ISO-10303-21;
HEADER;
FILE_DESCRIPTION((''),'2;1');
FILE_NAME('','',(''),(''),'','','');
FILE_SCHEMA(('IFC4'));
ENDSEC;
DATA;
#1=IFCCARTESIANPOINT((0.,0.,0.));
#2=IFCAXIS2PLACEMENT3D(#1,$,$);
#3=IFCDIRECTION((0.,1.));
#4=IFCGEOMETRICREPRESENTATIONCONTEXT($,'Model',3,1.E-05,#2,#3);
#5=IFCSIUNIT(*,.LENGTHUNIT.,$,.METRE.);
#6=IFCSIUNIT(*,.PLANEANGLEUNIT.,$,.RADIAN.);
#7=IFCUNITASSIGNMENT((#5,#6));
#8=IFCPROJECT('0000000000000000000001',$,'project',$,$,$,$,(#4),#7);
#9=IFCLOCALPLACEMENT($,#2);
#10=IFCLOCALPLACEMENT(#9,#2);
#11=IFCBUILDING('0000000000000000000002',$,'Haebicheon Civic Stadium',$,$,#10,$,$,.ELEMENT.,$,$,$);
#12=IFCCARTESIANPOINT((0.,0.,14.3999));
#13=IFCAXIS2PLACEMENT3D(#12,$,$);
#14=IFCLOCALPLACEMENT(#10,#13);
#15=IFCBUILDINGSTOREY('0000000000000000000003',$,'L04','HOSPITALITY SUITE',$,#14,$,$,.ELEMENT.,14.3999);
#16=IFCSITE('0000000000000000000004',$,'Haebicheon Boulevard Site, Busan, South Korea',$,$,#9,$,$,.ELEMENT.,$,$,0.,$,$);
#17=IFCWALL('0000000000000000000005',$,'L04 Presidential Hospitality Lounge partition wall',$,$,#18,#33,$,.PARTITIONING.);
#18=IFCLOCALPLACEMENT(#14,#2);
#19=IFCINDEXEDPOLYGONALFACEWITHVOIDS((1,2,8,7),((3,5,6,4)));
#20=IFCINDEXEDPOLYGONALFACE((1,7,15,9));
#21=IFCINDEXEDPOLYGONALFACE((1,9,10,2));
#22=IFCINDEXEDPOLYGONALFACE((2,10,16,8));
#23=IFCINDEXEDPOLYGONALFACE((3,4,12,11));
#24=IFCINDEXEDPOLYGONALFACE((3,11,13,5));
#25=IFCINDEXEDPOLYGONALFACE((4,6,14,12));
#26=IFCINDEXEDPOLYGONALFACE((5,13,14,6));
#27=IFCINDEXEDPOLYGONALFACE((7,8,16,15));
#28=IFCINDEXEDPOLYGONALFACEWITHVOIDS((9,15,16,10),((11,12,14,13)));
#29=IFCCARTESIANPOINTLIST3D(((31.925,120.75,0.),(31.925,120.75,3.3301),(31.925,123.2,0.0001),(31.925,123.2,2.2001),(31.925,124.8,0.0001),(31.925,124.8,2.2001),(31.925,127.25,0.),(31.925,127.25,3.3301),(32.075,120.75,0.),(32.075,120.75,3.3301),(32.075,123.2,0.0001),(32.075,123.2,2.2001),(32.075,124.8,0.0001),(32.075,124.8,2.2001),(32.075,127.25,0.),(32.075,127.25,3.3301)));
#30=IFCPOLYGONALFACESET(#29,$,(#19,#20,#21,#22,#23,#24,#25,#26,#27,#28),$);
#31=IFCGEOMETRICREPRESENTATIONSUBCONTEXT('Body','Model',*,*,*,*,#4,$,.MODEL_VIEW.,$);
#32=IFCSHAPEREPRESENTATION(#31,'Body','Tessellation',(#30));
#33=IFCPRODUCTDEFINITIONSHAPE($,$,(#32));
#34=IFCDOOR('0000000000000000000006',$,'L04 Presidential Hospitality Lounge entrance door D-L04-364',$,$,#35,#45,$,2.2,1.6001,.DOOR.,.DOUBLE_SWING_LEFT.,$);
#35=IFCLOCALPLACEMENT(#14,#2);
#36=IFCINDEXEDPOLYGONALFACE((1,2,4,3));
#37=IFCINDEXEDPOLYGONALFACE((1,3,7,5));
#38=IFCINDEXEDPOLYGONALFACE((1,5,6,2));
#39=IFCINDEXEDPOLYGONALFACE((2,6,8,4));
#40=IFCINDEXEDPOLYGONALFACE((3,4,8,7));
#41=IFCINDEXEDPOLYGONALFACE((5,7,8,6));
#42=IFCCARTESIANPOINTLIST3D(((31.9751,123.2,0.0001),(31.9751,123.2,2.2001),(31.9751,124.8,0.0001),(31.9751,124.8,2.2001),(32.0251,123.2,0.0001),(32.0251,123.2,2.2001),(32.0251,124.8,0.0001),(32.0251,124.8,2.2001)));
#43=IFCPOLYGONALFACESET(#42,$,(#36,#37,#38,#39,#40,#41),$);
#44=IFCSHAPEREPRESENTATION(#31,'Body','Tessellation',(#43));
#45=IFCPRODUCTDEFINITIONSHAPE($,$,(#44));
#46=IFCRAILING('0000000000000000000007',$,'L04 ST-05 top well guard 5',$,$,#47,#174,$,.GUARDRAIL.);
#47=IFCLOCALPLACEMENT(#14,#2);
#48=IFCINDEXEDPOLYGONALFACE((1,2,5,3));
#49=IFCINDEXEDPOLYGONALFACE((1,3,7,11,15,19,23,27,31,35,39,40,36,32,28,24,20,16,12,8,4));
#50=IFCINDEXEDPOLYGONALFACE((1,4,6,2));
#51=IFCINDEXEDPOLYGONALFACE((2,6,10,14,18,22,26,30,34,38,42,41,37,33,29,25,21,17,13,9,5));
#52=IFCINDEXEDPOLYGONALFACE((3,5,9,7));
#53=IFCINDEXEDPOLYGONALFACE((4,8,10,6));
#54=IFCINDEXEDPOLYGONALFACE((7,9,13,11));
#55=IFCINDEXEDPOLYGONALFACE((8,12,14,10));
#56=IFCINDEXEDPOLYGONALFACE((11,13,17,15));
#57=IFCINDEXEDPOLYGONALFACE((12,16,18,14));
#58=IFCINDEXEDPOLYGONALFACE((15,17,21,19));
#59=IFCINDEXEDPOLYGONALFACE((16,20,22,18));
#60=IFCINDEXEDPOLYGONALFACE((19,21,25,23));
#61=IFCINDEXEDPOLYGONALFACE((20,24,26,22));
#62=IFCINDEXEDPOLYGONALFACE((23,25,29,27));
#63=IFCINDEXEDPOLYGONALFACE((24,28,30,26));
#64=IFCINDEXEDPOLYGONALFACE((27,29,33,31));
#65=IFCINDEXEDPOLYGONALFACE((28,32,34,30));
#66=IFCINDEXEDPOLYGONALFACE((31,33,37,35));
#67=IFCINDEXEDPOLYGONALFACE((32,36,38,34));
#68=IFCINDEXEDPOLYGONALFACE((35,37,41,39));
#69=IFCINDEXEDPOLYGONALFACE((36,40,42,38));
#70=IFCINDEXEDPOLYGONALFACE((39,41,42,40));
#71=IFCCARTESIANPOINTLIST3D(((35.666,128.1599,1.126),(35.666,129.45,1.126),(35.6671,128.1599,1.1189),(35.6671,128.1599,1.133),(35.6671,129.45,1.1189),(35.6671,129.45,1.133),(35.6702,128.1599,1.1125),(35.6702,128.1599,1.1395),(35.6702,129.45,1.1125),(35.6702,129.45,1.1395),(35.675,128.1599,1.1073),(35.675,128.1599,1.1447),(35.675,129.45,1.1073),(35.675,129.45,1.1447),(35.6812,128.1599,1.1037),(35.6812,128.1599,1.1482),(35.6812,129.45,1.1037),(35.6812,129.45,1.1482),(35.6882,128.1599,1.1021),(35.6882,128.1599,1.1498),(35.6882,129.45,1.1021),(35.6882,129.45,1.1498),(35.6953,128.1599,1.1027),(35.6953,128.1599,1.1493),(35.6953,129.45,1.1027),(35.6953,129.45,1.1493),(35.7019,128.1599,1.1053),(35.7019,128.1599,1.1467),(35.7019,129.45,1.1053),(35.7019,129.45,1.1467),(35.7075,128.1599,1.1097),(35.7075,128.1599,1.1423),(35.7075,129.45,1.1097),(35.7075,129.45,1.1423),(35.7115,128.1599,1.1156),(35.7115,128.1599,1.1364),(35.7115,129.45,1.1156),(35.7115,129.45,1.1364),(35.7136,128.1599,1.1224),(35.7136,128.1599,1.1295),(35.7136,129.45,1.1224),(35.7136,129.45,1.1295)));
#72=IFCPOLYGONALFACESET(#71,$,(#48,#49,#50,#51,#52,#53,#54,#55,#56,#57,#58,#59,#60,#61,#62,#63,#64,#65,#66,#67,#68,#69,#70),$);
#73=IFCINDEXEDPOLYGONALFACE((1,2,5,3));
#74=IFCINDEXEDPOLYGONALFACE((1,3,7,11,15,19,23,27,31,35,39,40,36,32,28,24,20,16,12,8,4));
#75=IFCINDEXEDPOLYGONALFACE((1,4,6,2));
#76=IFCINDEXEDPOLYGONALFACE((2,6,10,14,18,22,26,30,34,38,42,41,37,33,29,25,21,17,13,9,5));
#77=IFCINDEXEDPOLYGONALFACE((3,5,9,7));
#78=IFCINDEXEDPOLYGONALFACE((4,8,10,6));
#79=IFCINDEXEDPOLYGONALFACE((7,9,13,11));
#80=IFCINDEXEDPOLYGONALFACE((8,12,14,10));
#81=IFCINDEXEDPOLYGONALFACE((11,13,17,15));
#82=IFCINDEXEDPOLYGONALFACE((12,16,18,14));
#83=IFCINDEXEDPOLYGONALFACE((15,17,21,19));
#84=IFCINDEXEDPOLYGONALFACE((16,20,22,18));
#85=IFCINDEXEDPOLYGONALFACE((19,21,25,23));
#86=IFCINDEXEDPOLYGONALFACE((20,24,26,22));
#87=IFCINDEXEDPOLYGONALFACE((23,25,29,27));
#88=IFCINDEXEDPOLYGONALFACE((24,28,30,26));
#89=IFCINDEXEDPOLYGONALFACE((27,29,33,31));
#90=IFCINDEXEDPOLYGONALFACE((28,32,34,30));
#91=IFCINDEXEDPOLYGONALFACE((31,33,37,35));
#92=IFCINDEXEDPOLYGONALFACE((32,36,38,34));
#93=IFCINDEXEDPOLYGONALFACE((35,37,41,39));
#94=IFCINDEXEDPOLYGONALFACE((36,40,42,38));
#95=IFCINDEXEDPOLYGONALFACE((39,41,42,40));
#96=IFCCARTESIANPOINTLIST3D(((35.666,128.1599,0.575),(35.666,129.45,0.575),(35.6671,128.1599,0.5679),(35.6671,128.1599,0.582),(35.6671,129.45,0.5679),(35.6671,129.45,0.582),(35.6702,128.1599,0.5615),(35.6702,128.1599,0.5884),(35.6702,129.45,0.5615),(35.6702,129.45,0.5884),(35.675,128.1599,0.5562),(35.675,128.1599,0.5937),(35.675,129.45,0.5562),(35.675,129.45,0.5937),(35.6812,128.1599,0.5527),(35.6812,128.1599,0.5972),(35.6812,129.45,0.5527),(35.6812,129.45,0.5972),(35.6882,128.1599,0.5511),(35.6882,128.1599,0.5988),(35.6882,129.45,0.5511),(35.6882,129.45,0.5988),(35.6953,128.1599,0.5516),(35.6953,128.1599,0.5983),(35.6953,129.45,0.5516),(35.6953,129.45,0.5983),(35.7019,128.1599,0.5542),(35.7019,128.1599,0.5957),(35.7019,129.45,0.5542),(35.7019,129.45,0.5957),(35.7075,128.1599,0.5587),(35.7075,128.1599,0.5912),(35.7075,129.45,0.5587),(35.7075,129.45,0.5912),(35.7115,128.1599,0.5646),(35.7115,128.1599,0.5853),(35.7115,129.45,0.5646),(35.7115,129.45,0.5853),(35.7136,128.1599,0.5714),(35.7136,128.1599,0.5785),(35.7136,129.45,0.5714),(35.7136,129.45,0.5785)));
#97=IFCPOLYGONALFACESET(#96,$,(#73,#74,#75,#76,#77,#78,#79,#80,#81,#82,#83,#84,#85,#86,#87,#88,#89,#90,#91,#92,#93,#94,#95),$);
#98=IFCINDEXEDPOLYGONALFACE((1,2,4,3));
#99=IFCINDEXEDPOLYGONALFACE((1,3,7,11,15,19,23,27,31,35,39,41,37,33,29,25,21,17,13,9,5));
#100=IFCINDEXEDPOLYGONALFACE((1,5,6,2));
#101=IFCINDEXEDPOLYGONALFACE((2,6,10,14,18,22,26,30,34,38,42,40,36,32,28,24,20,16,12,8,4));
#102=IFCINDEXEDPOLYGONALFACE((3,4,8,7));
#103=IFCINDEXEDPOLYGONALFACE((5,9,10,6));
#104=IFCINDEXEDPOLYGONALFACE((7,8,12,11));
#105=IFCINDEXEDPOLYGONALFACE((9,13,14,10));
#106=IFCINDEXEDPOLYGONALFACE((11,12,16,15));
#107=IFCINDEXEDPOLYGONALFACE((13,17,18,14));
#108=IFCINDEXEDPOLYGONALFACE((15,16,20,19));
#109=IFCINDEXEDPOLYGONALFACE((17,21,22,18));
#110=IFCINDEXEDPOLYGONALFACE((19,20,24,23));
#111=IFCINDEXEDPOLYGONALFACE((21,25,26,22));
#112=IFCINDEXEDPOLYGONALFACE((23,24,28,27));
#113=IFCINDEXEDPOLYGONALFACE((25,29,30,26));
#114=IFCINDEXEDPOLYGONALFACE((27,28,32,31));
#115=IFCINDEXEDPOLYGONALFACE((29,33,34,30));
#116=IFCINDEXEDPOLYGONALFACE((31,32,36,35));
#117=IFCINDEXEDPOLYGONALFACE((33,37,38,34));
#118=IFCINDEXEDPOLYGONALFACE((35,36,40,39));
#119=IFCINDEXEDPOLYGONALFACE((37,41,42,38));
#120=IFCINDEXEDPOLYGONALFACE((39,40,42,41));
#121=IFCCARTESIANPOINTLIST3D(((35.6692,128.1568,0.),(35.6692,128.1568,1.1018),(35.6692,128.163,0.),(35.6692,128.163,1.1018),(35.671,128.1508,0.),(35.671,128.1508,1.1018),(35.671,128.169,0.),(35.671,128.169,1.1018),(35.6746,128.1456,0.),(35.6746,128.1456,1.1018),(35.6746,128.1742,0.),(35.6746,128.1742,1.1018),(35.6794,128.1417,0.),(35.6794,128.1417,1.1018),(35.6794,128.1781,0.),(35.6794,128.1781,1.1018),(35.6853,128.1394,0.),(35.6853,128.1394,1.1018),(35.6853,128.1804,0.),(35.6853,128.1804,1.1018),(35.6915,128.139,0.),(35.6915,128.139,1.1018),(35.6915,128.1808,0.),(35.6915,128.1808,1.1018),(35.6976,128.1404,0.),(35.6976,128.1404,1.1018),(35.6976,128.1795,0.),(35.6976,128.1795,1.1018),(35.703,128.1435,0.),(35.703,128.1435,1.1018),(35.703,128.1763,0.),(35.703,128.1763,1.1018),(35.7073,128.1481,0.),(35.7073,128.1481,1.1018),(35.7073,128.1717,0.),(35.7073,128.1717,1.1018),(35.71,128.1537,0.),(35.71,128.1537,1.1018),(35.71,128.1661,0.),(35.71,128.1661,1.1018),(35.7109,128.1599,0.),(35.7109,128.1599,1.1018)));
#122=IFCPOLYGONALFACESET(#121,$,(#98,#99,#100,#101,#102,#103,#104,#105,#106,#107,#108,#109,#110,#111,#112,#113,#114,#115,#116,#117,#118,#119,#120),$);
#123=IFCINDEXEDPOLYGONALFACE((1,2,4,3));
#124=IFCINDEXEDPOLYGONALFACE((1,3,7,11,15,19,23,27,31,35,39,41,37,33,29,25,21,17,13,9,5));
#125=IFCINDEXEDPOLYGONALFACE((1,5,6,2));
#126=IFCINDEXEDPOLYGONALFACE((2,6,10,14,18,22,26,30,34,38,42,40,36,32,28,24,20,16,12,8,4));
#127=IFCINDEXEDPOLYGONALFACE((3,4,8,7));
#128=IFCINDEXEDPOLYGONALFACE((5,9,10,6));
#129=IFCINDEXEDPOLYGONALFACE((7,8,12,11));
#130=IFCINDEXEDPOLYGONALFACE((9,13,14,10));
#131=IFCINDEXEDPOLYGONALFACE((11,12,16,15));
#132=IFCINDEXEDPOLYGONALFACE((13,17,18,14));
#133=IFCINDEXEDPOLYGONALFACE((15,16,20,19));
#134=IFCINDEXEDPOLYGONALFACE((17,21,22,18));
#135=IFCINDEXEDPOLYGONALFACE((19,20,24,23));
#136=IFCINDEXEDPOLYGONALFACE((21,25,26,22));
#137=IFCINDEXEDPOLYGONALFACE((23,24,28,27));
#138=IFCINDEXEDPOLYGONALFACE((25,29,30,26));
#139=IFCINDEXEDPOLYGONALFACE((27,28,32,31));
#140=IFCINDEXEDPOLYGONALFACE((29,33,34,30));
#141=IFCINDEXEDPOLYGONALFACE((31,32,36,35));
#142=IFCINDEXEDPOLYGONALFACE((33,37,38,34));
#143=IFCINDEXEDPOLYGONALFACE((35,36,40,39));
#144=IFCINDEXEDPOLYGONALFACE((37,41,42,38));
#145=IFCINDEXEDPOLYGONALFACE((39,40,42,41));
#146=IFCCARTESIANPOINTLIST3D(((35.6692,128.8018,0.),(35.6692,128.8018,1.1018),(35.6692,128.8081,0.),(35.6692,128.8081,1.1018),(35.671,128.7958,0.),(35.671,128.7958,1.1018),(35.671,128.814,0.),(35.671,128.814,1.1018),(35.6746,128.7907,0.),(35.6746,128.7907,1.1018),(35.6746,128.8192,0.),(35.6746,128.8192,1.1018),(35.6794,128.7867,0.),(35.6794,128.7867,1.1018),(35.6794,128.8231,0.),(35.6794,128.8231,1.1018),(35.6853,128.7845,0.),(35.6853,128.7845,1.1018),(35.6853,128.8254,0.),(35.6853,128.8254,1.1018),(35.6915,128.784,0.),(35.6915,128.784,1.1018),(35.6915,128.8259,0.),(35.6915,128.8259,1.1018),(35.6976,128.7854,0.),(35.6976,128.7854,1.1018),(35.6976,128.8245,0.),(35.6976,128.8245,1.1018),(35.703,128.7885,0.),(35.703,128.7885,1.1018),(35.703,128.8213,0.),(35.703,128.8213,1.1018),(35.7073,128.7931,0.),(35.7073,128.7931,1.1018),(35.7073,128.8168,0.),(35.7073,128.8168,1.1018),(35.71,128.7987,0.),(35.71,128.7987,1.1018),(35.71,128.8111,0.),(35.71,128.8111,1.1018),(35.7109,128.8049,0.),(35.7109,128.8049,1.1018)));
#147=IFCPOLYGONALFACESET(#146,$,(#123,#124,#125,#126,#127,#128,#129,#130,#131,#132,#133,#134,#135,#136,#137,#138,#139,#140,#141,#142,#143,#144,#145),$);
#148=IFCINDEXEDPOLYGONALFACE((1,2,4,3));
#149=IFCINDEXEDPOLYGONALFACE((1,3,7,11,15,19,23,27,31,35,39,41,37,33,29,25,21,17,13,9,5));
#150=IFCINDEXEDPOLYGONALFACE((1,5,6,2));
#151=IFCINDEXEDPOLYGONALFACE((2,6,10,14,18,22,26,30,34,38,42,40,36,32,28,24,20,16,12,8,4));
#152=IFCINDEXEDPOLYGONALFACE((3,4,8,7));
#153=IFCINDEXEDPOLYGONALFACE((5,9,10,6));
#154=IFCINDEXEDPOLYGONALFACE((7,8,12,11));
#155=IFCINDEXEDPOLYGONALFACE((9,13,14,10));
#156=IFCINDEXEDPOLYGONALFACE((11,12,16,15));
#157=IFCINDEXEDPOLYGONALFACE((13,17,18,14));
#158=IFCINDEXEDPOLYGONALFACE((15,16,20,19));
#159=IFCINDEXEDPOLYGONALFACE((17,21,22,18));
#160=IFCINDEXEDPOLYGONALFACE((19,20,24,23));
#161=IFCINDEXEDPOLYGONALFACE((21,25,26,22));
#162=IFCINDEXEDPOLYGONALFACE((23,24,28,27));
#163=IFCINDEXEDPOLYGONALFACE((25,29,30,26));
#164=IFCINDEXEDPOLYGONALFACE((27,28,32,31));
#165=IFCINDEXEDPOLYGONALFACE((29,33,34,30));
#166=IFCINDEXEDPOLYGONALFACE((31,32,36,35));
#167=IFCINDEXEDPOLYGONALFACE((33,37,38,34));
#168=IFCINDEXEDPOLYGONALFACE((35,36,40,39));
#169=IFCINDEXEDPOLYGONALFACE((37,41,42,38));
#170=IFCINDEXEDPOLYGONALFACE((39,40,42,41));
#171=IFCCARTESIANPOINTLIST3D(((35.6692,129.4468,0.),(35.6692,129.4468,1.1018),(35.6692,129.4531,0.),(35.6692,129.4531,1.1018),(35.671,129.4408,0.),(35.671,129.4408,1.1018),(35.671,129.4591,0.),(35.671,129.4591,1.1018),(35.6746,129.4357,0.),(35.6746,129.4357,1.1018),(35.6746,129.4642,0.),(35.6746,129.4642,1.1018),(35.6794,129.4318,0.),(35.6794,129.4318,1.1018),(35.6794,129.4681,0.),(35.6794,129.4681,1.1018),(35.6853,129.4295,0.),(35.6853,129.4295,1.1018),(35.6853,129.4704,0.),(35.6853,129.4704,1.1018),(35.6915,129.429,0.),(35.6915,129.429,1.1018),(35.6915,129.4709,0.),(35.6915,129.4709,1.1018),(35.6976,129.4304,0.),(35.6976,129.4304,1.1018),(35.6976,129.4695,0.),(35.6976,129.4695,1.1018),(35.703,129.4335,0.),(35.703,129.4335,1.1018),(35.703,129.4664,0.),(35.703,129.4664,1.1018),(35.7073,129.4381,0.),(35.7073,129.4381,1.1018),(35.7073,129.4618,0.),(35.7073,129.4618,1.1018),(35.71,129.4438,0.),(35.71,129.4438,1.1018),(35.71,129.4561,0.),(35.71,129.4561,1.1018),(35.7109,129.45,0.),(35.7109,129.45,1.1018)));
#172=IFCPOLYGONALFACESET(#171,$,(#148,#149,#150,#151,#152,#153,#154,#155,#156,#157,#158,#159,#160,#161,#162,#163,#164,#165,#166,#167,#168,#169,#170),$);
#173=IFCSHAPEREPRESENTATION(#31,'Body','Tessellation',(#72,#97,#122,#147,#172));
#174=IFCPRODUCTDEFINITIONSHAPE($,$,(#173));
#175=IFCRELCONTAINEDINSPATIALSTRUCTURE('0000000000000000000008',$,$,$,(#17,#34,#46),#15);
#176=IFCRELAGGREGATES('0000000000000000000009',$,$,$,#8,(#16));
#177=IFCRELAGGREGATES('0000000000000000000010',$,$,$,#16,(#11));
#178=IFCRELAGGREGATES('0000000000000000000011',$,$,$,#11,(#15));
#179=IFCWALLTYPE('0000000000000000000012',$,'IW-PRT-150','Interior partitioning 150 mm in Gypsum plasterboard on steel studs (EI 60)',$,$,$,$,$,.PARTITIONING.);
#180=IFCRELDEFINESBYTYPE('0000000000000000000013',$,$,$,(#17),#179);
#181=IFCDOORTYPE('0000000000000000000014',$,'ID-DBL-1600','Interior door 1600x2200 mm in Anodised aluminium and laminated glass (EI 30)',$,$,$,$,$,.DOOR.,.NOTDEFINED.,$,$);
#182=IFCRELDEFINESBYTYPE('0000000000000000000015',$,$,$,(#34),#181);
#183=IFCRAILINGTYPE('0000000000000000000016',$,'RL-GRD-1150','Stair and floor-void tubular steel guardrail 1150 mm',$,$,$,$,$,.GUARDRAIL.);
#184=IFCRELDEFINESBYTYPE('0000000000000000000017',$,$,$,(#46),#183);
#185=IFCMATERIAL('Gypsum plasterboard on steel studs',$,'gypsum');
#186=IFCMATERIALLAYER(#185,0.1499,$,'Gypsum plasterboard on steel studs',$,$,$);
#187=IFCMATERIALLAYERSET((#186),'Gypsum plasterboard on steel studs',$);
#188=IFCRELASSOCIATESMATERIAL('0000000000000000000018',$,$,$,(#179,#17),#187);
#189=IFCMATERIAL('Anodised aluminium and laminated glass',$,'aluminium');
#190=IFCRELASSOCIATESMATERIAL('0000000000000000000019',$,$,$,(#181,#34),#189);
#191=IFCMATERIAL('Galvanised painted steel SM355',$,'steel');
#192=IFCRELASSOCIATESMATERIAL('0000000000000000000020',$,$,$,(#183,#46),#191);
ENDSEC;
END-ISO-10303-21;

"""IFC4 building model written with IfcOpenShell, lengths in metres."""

from ifc_helpers import new_model, si_unit, direction, frame, frame_2d, origin, origin_2d, place, context, subcontext, project, spatial, rectangle, circle, extrude, material, layer, layer_set, type_object, element, fill, save


model = new_model("IFC4")

# Units and contexts
model_context = context("Model", 3, precision=1e-05, world=origin(), true_north=direction((0.0, 1.0)))
body_context = subcontext(model_context, "Body", "Model", "MODEL_VIEW")
ifc_project = project(units=[si_unit("LENGTHUNIT", "METRE"), si_unit("PLANEANGLEUNIT", "RADIAN")], contexts=[model_context])

# Site, building, storey
site_placement = place(None, origin())
site = spatial("IfcSite", under=ifc_project, at=site_placement, Name="Haebicheon Boulevard Site, Busan, South Korea", CompositionType="ELEMENT", RefElevation=0.0)
building_placement = place(site_placement, origin())
building = spatial("IfcBuilding", under=site, at=building_placement, Name="Haebicheon Civic Stadium", CompositionType="ELEMENT")
storey_placement = place(building_placement, frame((0.0, 0.0, 14.3999)))
storey = spatial("IfcBuildingStorey", under=building, at=storey_placement, Name="L04", Description="HOSPITALITY SUITE", CompositionType="ELEMENT", Elevation=14.3999)

# Wall, opening, door
ifc_material_1 = material(Name="Gypsum plasterboard on steel studs", Category="gypsum")
ifc_layer_1 = layer(ifc_material_1, 0.1499, Name="Gypsum plasterboard on steel studs")
ifc_layer_set_1 = layer_set([ifc_layer_1], Name="Gypsum plasterboard on steel studs")
wall_type_1 = type_object("IfcWallType", Name="IW-PRT-150", Description="Interior partitioning 150 mm in Gypsum plasterboard on steel studs (EI 60)", PredefinedType="PARTITIONING", material=ifc_layer_set_1)
wall_1_placement = place(storey_placement, frame((32.0, 120.75, 0.0), z_axis=(0.0, 0.0, 1.0), x_axis=(0.0, 1.0, 0.0)))
wall_1 = element("IfcWall", 1, at=wall_1_placement, inside=storey, type_object=wall_type_1, material=ifc_layer_set_1, Name="L04 Presidential Hospitality Lounge partition wall", PredefinedType="PARTITIONING", context=body_context, shape_type="SweptSolid", body=[
    extrude(rectangle(XDim=6.5, YDim=0.1499, at=frame_2d((3.25, 0.0))), origin(), (0.0, 0.0, 1.0), 3.3301),
])
opening_1_placement = place(wall_1_placement, frame((2.45, 0.0, 0.0)))
opening_1 = element("IfcOpeningElement", 2, at=opening_1_placement, cuts=wall_1, PredefinedType="OPENING", context=body_context, shape_type="SweptSolid", body=[
    extrude(rectangle(XDim=1.6001, YDim=2.2, at=frame_2d((0.8, 1.1001))), frame((0.0, 0.085, 0.0), z_axis=(0.0, -1.0, 0.0), x_axis=(1.0, 0.0, 0.0)), (0.0, 0.0, 1.0), 0.1699),
])
ifc_material_2 = material(Name="Anodised aluminium and laminated glass", Category="aluminium")
door_type_1 = type_object("IfcDoorType", Name="ID-DBL-1600", Description="Interior door 1600x2200 mm in Anodised aluminium and laminated glass (EI 30)", OperationType="NOTDEFINED", PredefinedType="DOOR", material=ifc_material_2)
door_1_placement = place(opening_1_placement, origin())
door_1 = element("IfcDoor", 3, at=door_1_placement, inside=storey, type_object=door_type_1, material=ifc_material_2, Name="L04 Presidential Hospitality Lounge entrance door D-L04-364", OperationType="DOUBLE_SWING_LEFT", OverallHeight=2.2, OverallWidth=1.6001, PredefinedType="DOOR", context=body_context, shape_type="SweptSolid", body=[
    extrude(rectangle(XDim=1.6001, YDim=2.2, at=frame_2d((0.8, 1.1001))), frame((0.0, 0.0249, 0.0), z_axis=(0.0, -1.0, 0.0), x_axis=(1.0, 0.0, 0.0)), (0.0, 0.0, 1.0), 0.05),
])
fill(opening_1, door_1)

# Railing
ifc_material_3 = material(Name="Galvanised painted steel SM355", Category="steel")
railing_type = type_object("IfcRailingType", Name="RL-GRD-1150", Description="Stair and floor-void tubular steel guardrail 1150 mm", PredefinedType="GUARDRAIL", material=ifc_material_3)
for number, where, name in (
    (4, (35.6899, 128.1599, 0.0), "L04 ST-05 top well guard 5"),
):
    element("IfcRailing", number, at=place(storey_placement, frame(where)), inside=storey, type_object=railing_type, material=ifc_material_3, Name=name, PredefinedType="GUARDRAIL", context=body_context, shape_type="SweptSolid", body=[
        extrude(circle(Radius=0.0239, at=origin_2d()), frame((0.0, 0.0, 1.126), z_axis=(0.0, 1.0, 0.0), x_axis=(-1.0, 0.0, 0.0)), (0.0, 0.0, 1.0), 1.29),
        extrude(circle(Radius=0.0239, at=origin_2d()), frame((0.0, 0.0, 0.575), z_axis=(0.0, 1.0, 0.0), x_axis=(-1.0, 0.0, 0.0)), (0.0, 0.0, 1.0), 1.29),
        extrude(circle(Radius=0.021, at=origin_2d()), origin(), (0.0, 0.0, 1.0), 1.1018),
        extrude(circle(Radius=0.021, at=origin_2d()), frame((0.0, 0.645, 0.0)), (0.0, 0.0, 1.0), 1.1018),
        extrude(circle(Radius=0.021, at=origin_2d()), frame((0.0, 1.29, 0.0)), (0.0, 0.0, 1.0), 1.1018),
    ])

save(model, "model.ifc")
